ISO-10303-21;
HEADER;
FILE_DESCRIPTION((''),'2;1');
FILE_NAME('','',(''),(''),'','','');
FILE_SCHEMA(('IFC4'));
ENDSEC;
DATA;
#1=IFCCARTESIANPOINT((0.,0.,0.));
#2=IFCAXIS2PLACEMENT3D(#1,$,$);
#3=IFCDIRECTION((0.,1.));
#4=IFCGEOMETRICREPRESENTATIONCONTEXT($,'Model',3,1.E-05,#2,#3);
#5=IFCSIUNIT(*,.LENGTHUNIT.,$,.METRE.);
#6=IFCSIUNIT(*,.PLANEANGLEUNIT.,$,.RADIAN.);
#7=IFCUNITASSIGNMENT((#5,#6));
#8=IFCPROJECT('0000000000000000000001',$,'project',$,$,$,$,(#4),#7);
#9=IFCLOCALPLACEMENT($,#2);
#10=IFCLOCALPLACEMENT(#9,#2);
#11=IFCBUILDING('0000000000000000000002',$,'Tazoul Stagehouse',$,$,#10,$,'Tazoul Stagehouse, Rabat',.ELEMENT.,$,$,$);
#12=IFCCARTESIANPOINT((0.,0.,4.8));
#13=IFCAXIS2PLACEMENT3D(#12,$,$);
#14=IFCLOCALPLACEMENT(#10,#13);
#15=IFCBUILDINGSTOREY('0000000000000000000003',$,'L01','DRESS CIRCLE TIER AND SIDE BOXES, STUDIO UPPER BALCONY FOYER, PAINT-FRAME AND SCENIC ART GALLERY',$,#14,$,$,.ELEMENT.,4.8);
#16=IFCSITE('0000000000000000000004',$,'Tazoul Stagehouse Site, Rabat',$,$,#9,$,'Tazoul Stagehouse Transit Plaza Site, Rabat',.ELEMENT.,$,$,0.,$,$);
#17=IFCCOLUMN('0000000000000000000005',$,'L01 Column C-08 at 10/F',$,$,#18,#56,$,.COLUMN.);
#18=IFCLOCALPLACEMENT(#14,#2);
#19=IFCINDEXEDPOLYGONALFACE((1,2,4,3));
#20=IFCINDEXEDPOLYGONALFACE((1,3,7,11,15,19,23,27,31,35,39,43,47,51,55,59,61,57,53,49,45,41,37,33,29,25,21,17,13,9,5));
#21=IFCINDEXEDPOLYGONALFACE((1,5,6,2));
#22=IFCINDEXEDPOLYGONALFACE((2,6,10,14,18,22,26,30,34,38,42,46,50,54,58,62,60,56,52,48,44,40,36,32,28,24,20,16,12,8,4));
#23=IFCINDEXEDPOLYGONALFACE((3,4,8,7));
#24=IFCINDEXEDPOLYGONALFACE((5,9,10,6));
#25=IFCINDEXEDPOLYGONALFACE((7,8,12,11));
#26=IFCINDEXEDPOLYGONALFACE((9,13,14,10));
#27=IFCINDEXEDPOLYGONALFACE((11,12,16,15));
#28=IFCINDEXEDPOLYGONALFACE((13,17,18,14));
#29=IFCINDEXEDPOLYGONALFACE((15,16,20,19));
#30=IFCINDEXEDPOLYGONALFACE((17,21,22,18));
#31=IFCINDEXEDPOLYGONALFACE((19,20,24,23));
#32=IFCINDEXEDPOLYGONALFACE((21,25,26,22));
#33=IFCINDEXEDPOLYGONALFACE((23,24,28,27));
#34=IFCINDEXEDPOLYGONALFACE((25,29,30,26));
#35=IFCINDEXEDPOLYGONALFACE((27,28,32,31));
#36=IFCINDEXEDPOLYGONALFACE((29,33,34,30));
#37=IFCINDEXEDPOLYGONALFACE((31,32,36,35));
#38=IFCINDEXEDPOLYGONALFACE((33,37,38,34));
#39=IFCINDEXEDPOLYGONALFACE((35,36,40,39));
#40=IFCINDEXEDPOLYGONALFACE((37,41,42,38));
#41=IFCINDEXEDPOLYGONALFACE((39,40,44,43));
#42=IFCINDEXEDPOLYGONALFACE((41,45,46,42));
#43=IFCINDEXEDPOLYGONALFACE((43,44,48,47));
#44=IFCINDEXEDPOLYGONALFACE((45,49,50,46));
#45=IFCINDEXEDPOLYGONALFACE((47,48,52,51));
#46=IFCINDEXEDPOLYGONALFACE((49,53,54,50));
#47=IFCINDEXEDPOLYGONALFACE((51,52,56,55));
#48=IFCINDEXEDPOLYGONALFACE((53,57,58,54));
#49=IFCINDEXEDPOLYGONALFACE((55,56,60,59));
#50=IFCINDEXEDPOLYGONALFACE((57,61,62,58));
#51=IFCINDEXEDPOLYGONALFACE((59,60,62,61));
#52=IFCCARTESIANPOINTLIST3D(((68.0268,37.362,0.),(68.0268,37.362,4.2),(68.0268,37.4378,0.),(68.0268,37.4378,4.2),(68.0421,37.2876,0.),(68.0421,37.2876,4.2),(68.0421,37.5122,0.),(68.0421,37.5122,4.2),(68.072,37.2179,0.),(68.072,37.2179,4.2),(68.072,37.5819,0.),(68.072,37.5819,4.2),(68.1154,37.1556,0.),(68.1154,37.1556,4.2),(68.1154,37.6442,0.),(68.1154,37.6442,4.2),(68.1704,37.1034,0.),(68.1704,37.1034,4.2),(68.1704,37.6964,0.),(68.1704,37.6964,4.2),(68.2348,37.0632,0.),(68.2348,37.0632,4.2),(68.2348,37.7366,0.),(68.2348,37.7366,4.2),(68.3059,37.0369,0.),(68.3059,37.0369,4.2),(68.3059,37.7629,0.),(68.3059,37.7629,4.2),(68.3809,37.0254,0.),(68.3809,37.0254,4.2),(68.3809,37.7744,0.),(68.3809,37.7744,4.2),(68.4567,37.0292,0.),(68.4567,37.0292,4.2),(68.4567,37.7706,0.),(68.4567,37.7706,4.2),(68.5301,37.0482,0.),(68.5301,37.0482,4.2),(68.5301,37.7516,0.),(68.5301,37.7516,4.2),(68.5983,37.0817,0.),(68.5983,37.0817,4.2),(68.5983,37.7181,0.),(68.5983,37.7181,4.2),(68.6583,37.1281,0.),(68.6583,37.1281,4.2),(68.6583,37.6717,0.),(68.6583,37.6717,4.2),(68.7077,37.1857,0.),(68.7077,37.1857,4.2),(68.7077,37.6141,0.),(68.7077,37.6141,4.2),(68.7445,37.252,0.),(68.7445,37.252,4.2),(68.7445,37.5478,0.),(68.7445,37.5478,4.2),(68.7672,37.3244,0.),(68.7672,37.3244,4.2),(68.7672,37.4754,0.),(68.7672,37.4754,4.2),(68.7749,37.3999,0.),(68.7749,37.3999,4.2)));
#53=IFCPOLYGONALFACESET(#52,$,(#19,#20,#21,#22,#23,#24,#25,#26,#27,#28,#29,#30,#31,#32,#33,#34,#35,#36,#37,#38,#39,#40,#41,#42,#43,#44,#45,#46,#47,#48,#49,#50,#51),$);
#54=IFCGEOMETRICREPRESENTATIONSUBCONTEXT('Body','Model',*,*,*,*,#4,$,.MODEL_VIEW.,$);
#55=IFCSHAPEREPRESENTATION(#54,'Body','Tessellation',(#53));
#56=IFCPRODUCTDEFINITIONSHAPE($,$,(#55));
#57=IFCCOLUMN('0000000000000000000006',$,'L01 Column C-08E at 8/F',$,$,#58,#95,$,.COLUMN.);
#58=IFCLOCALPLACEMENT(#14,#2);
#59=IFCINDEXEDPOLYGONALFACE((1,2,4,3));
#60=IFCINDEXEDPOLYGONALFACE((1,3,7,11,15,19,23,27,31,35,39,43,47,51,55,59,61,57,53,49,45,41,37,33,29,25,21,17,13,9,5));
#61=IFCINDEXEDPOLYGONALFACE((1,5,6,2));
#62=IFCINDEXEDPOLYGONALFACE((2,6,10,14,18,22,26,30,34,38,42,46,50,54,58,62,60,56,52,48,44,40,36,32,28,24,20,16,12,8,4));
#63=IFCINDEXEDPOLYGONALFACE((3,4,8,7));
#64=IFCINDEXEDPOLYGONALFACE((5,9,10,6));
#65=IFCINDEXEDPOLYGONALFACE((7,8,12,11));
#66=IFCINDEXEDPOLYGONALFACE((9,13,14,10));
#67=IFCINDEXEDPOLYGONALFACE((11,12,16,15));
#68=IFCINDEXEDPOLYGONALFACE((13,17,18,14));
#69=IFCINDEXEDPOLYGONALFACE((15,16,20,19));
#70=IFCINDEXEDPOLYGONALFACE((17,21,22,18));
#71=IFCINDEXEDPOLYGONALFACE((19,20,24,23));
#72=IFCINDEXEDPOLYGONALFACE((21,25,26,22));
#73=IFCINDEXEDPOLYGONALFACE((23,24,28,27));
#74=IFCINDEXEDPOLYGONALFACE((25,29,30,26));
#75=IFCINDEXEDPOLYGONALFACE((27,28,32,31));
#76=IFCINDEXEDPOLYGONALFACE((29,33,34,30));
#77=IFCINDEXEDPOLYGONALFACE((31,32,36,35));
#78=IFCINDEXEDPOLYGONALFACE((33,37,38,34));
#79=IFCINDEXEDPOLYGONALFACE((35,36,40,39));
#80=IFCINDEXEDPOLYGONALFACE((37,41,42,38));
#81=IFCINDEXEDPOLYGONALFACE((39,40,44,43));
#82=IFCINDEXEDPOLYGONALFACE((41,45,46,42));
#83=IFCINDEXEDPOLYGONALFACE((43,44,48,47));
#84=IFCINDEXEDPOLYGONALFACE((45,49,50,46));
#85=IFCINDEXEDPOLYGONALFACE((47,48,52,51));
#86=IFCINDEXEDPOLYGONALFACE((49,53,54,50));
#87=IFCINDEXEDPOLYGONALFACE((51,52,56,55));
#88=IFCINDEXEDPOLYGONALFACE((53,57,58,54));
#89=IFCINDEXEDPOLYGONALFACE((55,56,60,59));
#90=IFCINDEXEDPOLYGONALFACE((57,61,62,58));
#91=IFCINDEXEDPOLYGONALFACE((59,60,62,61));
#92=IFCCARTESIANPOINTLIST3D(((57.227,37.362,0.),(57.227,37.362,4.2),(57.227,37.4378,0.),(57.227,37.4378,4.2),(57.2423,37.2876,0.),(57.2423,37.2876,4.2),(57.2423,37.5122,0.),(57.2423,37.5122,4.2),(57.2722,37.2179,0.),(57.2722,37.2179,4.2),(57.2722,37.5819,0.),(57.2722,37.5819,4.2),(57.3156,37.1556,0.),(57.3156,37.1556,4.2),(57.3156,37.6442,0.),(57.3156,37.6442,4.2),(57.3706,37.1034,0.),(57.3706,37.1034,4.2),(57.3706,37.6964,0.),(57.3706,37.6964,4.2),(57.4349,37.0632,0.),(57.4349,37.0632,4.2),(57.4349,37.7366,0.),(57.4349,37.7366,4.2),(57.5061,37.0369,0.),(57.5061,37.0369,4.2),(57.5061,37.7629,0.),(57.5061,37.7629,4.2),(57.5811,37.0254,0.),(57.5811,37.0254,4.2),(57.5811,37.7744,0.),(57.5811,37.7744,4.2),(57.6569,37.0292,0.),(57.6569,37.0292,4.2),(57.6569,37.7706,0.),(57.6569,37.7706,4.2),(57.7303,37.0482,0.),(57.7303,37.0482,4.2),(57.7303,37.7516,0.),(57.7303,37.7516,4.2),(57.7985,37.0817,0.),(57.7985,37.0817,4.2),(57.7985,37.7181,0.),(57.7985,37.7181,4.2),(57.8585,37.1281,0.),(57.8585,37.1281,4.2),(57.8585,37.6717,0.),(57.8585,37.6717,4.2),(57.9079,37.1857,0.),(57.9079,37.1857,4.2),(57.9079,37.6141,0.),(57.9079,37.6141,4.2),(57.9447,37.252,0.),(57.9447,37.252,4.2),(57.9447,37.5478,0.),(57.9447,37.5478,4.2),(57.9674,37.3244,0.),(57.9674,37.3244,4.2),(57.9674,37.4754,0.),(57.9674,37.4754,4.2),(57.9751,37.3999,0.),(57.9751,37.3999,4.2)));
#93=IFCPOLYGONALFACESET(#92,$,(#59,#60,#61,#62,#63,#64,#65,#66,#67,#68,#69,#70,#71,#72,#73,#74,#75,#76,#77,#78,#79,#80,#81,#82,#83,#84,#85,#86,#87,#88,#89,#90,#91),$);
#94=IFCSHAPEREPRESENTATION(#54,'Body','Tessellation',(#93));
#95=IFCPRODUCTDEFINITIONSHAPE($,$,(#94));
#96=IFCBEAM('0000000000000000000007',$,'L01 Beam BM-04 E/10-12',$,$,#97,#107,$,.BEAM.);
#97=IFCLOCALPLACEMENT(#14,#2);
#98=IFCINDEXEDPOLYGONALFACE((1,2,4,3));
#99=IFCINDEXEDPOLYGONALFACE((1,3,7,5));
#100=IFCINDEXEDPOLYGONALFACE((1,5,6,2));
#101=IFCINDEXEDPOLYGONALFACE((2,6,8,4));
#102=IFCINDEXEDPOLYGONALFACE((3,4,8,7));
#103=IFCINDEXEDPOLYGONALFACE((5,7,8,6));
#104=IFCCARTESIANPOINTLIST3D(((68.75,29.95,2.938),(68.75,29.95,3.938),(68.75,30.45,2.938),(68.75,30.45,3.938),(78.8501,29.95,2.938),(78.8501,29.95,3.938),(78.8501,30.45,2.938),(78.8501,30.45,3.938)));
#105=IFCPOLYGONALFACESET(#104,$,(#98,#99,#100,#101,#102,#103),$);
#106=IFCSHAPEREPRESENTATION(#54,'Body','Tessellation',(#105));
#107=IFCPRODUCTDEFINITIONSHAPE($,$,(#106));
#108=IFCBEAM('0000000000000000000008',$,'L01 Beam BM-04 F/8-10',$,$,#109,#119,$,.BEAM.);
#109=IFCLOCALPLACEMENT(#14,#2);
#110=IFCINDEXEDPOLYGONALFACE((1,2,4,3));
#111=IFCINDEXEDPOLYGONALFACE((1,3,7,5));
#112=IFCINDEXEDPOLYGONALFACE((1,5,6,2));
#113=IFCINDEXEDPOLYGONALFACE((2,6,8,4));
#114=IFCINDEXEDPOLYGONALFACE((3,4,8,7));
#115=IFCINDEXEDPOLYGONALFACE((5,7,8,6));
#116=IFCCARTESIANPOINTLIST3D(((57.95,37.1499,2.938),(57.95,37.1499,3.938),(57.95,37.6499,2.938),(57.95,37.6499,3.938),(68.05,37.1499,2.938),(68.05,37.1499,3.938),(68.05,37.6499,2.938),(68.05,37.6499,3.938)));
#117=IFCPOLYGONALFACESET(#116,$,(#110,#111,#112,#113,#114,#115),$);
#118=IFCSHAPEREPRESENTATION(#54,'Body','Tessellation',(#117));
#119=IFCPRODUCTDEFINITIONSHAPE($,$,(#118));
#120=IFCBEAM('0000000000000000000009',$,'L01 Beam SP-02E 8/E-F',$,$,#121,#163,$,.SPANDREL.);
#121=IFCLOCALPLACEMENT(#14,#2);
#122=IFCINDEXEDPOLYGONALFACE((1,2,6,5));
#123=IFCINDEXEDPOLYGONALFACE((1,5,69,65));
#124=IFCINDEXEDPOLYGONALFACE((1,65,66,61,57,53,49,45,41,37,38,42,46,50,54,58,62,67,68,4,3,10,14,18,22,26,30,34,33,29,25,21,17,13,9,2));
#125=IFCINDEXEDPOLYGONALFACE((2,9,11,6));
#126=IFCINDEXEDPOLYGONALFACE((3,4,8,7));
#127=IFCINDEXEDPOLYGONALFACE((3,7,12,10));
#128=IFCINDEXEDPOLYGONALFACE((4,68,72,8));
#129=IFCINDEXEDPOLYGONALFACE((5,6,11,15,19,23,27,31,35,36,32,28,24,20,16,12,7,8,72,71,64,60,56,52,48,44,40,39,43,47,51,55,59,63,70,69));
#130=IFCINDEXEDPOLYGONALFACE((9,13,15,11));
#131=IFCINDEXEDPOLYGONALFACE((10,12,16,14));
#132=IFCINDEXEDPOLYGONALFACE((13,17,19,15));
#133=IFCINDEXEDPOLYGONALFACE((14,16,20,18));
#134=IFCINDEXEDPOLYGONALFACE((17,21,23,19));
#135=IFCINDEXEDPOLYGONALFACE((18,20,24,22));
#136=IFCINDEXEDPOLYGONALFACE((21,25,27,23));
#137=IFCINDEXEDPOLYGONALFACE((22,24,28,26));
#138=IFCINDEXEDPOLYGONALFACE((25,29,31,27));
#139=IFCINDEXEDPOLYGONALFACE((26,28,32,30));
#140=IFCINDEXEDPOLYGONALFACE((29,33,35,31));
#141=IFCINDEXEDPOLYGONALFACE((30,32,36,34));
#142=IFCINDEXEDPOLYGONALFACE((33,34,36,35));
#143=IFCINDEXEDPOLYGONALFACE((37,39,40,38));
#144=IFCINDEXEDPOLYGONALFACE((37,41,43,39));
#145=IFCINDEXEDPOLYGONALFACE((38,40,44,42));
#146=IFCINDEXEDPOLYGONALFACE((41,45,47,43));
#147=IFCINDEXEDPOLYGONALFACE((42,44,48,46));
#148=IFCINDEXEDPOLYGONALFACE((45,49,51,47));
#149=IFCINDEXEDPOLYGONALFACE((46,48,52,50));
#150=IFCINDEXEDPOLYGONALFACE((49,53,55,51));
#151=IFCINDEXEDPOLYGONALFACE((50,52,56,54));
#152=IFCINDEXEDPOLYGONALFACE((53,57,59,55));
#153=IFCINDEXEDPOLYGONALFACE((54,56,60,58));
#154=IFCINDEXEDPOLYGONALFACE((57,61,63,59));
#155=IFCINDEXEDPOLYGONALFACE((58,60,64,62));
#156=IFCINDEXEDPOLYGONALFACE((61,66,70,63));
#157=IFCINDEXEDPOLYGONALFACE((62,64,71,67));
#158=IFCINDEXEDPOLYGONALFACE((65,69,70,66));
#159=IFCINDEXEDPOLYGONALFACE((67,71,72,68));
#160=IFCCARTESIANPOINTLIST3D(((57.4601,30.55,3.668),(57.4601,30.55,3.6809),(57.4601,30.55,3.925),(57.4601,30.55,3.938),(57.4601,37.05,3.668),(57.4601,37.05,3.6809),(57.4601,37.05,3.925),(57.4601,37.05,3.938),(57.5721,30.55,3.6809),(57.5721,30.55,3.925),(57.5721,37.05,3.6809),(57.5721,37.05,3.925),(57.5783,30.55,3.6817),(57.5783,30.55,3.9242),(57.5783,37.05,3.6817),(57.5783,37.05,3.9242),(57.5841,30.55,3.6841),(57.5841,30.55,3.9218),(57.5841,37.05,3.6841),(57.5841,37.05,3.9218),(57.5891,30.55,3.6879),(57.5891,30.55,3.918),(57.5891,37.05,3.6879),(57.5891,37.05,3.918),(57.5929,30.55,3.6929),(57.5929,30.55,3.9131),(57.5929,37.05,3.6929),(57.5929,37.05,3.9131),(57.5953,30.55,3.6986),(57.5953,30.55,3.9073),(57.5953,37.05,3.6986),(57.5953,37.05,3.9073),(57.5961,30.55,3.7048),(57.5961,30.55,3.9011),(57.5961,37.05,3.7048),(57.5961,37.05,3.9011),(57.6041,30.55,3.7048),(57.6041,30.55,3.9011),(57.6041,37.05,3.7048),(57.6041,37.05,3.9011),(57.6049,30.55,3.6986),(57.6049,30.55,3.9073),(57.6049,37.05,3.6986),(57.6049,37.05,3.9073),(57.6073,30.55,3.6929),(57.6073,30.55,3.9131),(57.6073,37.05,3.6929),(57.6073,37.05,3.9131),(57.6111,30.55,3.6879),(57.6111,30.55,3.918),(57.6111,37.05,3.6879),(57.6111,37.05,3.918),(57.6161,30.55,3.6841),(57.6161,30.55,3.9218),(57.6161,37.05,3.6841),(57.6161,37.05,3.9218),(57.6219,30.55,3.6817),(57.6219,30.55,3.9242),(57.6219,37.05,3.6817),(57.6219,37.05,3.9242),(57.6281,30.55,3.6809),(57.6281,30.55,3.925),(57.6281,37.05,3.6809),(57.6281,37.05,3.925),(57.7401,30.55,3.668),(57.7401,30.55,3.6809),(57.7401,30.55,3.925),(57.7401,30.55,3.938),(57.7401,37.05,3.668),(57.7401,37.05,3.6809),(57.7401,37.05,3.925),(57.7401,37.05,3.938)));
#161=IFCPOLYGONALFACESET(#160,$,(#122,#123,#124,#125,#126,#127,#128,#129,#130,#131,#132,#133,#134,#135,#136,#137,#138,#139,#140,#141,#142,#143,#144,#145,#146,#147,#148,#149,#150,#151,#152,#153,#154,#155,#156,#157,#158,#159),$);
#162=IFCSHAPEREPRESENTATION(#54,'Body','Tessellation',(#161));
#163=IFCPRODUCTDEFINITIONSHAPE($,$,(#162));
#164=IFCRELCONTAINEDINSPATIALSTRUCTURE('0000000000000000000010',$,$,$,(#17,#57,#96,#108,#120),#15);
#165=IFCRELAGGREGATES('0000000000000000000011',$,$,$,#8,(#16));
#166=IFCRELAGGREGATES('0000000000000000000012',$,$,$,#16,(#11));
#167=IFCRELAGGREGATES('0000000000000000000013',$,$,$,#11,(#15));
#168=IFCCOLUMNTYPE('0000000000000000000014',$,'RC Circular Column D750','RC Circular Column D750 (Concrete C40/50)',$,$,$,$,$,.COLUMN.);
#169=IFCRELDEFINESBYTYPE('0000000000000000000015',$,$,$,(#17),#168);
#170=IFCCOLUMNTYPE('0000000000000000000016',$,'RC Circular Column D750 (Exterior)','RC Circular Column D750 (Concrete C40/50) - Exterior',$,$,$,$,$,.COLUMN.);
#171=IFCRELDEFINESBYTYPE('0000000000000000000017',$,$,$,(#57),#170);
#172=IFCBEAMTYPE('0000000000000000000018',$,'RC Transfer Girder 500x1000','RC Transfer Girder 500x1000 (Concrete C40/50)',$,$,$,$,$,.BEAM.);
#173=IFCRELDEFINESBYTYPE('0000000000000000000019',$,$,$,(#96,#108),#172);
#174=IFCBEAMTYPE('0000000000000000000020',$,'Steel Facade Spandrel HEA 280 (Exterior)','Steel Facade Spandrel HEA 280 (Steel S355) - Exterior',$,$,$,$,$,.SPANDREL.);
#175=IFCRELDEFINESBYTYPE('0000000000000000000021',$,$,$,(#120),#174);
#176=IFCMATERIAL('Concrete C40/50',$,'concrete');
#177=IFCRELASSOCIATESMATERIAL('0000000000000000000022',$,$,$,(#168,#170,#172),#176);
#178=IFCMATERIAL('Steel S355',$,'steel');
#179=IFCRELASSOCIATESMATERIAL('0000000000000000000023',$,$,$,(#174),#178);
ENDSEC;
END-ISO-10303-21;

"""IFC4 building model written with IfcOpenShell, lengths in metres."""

from ifc_helpers import new_model, si_unit, direction, frame, origin, origin_2d, place, context, subcontext, project, spatial, rectangle, circle, i_section, extrude, material, material_profile, profile_set, type_object, element, save


model = new_model("IFC4")

# Units and contexts
model_context = context("Model", 3, precision=1e-05, world=origin(), true_north=direction((0.0, 1.0)))
body_context = subcontext(model_context, "Body", "Model", "MODEL_VIEW")
ifc_project = project(units=[si_unit("LENGTHUNIT", "METRE"), si_unit("PLANEANGLEUNIT", "RADIAN")], contexts=[model_context])

# Site, building, storey
site_placement = place(None, origin())
site = spatial("IfcSite", under=ifc_project, at=site_placement, Name="Tazoul Stagehouse Site, Rabat", LongName="Tazoul Stagehouse Transit Plaza Site, Rabat", CompositionType="ELEMENT", RefElevation=0.0)
building_placement = place(site_placement, origin())
building = spatial("IfcBuilding", under=site, at=building_placement, Name="Tazoul Stagehouse", LongName="Tazoul Stagehouse, Rabat", CompositionType="ELEMENT")
storey_placement = place(building_placement, frame((0.0, 0.0, 4.8)))
storey = spatial("IfcBuildingStorey", under=building, at=storey_placement, Name="L01", Description="DRESS CIRCLE TIER AND SIDE BOXES, STUDIO UPPER BALCONY FOYER, PAINT-FRAME AND SCENIC ART GALLERY", CompositionType="ELEMENT", Elevation=4.8)

# Columns
ifc_material_1 = material(Name="Concrete C40/50", Category="concrete")
ifc_material_profile_1 = material_profile(ifc_material_1, circle(Radius=0.375, at=origin_2d()), Name="RC D750")
ifc_profile_set_1 = profile_set([ifc_material_profile_1], Name="Concrete C40/50")
column_type_1 = type_object("IfcColumnType", Name="RC Circular Column D750", Description="RC Circular Column D750 (Concrete C40/50)", PredefinedType="COLUMN", material=ifc_profile_set_1)
column_1_placement = place(storey_placement, frame((68.3999, 37.3999, 0.0), z_axis=(0.0, 0.0, 1.0), x_axis=(1.0, 0.0, 0.0)))
element("IfcColumn", 1, at=column_1_placement, inside=storey, type_object=column_type_1, Name="L01 Column C-08 at 10/F", PredefinedType="COLUMN", context=body_context, shape_type="SweptSolid", body=[
    extrude(circle(Radius=0.375, at=origin_2d()), origin(), (0.0, 0.0, 1.0), 4.2),
])
ifc_material_profile_2 = material_profile(ifc_material_1, circle(Radius=0.375, at=origin_2d()), Name="RC D750")
ifc_profile_set_2 = profile_set([ifc_material_profile_2], Name="Concrete C40/50")
column_type_2 = type_object("IfcColumnType", Name="RC Circular Column D750 (Exterior)", Description="RC Circular Column D750 (Concrete C40/50) - Exterior", PredefinedType="COLUMN", material=ifc_profile_set_2)
column_2_placement = place(storey_placement, frame((57.6001, 37.3999, 0.0), z_axis=(0.0, 0.0, 1.0), x_axis=(1.0, 0.0, 0.0)))
element("IfcColumn", 2, at=column_2_placement, inside=storey, type_object=column_type_2, Name="L01 Column C-08E at 8/F", PredefinedType="COLUMN", context=body_context, shape_type="SweptSolid", body=[
    extrude(circle(Radius=0.375, at=origin_2d()), origin(), (0.0, 0.0, 1.0), 4.2),
])

# Beams
ifc_material_profile_3 = material_profile(ifc_material_1, rectangle(XDim=0.5, YDim=1.0, at=origin_2d()), Name="RC 500x1000")
ifc_profile_set_3 = profile_set([ifc_material_profile_3], Name="Concrete C40/50")
beam_type_1 = type_object("IfcBeamType", Name="RC Transfer Girder 500x1000", Description="RC Transfer Girder 500x1000 (Concrete C40/50)", PredefinedType="BEAM", material=ifc_profile_set_3)
for number, where, z_axis, x_axis, name in (
    (3, (68.75, 30.2, 3.438), (1.0, 0.0, 0.0), (0.0, 1.0, 0.0), "L01 Beam BM-04 E/10-12"),
    (4, (57.95, 37.3999, 3.438), (1.0, 0.0, 0.0), (0.0, 1.0, 0.0), "L01 Beam BM-04 F/8-10"),
):
    element("IfcBeam", number, at=place(storey_placement, frame(where, z_axis=z_axis, x_axis=x_axis)), inside=storey, type_object=beam_type_1, Name=name, PredefinedType="BEAM", context=body_context, shape_type="SweptSolid", body=[
        extrude(rectangle(XDim=0.5, YDim=1.0, at=origin_2d()), origin(), (0.0, 0.0, 1.0), 10.1001),
    ])
ifc_material_2 = material(Name="Steel S355", Category="steel")
ifc_material_profile_4 = material_profile(ifc_material_2, i_section(OverallWidth=0.28, OverallDepth=0.27, WebThickness=0.0081, FlangeThickness=0.0129, FilletRadius=0.0239, at=origin_2d()), Name="HEA 280")
ifc_profile_set_4 = profile_set([ifc_material_profile_4], Name="Steel S355")
beam_type_2 = type_object("IfcBeamType", Name="Steel Facade Spandrel HEA 280 (Exterior)", Description="Steel Facade Spandrel HEA 280 (Steel S355) - Exterior", PredefinedType="SPANDREL", material=ifc_profile_set_4)
beam_1_placement = place(storey_placement, frame((57.6001, 30.55, 3.803), z_axis=(0.0, 1.0, 0.0), x_axis=(-1.0, 0.0, 0.0)))
element("IfcBeam", 5, at=beam_1_placement, inside=storey, type_object=beam_type_2, Name="L01 Beam SP-02E 8/E-F", PredefinedType="SPANDREL", context=body_context, shape_type="SweptSolid", body=[
    extrude(i_section(OverallWidth=0.28, OverallDepth=0.27, WebThickness=0.0081, FlangeThickness=0.0129, FilletRadius=0.0239, at=origin_2d()), origin(), (0.0, 0.0, 1.0), 6.5),
])

save(model, "model.ifc")
